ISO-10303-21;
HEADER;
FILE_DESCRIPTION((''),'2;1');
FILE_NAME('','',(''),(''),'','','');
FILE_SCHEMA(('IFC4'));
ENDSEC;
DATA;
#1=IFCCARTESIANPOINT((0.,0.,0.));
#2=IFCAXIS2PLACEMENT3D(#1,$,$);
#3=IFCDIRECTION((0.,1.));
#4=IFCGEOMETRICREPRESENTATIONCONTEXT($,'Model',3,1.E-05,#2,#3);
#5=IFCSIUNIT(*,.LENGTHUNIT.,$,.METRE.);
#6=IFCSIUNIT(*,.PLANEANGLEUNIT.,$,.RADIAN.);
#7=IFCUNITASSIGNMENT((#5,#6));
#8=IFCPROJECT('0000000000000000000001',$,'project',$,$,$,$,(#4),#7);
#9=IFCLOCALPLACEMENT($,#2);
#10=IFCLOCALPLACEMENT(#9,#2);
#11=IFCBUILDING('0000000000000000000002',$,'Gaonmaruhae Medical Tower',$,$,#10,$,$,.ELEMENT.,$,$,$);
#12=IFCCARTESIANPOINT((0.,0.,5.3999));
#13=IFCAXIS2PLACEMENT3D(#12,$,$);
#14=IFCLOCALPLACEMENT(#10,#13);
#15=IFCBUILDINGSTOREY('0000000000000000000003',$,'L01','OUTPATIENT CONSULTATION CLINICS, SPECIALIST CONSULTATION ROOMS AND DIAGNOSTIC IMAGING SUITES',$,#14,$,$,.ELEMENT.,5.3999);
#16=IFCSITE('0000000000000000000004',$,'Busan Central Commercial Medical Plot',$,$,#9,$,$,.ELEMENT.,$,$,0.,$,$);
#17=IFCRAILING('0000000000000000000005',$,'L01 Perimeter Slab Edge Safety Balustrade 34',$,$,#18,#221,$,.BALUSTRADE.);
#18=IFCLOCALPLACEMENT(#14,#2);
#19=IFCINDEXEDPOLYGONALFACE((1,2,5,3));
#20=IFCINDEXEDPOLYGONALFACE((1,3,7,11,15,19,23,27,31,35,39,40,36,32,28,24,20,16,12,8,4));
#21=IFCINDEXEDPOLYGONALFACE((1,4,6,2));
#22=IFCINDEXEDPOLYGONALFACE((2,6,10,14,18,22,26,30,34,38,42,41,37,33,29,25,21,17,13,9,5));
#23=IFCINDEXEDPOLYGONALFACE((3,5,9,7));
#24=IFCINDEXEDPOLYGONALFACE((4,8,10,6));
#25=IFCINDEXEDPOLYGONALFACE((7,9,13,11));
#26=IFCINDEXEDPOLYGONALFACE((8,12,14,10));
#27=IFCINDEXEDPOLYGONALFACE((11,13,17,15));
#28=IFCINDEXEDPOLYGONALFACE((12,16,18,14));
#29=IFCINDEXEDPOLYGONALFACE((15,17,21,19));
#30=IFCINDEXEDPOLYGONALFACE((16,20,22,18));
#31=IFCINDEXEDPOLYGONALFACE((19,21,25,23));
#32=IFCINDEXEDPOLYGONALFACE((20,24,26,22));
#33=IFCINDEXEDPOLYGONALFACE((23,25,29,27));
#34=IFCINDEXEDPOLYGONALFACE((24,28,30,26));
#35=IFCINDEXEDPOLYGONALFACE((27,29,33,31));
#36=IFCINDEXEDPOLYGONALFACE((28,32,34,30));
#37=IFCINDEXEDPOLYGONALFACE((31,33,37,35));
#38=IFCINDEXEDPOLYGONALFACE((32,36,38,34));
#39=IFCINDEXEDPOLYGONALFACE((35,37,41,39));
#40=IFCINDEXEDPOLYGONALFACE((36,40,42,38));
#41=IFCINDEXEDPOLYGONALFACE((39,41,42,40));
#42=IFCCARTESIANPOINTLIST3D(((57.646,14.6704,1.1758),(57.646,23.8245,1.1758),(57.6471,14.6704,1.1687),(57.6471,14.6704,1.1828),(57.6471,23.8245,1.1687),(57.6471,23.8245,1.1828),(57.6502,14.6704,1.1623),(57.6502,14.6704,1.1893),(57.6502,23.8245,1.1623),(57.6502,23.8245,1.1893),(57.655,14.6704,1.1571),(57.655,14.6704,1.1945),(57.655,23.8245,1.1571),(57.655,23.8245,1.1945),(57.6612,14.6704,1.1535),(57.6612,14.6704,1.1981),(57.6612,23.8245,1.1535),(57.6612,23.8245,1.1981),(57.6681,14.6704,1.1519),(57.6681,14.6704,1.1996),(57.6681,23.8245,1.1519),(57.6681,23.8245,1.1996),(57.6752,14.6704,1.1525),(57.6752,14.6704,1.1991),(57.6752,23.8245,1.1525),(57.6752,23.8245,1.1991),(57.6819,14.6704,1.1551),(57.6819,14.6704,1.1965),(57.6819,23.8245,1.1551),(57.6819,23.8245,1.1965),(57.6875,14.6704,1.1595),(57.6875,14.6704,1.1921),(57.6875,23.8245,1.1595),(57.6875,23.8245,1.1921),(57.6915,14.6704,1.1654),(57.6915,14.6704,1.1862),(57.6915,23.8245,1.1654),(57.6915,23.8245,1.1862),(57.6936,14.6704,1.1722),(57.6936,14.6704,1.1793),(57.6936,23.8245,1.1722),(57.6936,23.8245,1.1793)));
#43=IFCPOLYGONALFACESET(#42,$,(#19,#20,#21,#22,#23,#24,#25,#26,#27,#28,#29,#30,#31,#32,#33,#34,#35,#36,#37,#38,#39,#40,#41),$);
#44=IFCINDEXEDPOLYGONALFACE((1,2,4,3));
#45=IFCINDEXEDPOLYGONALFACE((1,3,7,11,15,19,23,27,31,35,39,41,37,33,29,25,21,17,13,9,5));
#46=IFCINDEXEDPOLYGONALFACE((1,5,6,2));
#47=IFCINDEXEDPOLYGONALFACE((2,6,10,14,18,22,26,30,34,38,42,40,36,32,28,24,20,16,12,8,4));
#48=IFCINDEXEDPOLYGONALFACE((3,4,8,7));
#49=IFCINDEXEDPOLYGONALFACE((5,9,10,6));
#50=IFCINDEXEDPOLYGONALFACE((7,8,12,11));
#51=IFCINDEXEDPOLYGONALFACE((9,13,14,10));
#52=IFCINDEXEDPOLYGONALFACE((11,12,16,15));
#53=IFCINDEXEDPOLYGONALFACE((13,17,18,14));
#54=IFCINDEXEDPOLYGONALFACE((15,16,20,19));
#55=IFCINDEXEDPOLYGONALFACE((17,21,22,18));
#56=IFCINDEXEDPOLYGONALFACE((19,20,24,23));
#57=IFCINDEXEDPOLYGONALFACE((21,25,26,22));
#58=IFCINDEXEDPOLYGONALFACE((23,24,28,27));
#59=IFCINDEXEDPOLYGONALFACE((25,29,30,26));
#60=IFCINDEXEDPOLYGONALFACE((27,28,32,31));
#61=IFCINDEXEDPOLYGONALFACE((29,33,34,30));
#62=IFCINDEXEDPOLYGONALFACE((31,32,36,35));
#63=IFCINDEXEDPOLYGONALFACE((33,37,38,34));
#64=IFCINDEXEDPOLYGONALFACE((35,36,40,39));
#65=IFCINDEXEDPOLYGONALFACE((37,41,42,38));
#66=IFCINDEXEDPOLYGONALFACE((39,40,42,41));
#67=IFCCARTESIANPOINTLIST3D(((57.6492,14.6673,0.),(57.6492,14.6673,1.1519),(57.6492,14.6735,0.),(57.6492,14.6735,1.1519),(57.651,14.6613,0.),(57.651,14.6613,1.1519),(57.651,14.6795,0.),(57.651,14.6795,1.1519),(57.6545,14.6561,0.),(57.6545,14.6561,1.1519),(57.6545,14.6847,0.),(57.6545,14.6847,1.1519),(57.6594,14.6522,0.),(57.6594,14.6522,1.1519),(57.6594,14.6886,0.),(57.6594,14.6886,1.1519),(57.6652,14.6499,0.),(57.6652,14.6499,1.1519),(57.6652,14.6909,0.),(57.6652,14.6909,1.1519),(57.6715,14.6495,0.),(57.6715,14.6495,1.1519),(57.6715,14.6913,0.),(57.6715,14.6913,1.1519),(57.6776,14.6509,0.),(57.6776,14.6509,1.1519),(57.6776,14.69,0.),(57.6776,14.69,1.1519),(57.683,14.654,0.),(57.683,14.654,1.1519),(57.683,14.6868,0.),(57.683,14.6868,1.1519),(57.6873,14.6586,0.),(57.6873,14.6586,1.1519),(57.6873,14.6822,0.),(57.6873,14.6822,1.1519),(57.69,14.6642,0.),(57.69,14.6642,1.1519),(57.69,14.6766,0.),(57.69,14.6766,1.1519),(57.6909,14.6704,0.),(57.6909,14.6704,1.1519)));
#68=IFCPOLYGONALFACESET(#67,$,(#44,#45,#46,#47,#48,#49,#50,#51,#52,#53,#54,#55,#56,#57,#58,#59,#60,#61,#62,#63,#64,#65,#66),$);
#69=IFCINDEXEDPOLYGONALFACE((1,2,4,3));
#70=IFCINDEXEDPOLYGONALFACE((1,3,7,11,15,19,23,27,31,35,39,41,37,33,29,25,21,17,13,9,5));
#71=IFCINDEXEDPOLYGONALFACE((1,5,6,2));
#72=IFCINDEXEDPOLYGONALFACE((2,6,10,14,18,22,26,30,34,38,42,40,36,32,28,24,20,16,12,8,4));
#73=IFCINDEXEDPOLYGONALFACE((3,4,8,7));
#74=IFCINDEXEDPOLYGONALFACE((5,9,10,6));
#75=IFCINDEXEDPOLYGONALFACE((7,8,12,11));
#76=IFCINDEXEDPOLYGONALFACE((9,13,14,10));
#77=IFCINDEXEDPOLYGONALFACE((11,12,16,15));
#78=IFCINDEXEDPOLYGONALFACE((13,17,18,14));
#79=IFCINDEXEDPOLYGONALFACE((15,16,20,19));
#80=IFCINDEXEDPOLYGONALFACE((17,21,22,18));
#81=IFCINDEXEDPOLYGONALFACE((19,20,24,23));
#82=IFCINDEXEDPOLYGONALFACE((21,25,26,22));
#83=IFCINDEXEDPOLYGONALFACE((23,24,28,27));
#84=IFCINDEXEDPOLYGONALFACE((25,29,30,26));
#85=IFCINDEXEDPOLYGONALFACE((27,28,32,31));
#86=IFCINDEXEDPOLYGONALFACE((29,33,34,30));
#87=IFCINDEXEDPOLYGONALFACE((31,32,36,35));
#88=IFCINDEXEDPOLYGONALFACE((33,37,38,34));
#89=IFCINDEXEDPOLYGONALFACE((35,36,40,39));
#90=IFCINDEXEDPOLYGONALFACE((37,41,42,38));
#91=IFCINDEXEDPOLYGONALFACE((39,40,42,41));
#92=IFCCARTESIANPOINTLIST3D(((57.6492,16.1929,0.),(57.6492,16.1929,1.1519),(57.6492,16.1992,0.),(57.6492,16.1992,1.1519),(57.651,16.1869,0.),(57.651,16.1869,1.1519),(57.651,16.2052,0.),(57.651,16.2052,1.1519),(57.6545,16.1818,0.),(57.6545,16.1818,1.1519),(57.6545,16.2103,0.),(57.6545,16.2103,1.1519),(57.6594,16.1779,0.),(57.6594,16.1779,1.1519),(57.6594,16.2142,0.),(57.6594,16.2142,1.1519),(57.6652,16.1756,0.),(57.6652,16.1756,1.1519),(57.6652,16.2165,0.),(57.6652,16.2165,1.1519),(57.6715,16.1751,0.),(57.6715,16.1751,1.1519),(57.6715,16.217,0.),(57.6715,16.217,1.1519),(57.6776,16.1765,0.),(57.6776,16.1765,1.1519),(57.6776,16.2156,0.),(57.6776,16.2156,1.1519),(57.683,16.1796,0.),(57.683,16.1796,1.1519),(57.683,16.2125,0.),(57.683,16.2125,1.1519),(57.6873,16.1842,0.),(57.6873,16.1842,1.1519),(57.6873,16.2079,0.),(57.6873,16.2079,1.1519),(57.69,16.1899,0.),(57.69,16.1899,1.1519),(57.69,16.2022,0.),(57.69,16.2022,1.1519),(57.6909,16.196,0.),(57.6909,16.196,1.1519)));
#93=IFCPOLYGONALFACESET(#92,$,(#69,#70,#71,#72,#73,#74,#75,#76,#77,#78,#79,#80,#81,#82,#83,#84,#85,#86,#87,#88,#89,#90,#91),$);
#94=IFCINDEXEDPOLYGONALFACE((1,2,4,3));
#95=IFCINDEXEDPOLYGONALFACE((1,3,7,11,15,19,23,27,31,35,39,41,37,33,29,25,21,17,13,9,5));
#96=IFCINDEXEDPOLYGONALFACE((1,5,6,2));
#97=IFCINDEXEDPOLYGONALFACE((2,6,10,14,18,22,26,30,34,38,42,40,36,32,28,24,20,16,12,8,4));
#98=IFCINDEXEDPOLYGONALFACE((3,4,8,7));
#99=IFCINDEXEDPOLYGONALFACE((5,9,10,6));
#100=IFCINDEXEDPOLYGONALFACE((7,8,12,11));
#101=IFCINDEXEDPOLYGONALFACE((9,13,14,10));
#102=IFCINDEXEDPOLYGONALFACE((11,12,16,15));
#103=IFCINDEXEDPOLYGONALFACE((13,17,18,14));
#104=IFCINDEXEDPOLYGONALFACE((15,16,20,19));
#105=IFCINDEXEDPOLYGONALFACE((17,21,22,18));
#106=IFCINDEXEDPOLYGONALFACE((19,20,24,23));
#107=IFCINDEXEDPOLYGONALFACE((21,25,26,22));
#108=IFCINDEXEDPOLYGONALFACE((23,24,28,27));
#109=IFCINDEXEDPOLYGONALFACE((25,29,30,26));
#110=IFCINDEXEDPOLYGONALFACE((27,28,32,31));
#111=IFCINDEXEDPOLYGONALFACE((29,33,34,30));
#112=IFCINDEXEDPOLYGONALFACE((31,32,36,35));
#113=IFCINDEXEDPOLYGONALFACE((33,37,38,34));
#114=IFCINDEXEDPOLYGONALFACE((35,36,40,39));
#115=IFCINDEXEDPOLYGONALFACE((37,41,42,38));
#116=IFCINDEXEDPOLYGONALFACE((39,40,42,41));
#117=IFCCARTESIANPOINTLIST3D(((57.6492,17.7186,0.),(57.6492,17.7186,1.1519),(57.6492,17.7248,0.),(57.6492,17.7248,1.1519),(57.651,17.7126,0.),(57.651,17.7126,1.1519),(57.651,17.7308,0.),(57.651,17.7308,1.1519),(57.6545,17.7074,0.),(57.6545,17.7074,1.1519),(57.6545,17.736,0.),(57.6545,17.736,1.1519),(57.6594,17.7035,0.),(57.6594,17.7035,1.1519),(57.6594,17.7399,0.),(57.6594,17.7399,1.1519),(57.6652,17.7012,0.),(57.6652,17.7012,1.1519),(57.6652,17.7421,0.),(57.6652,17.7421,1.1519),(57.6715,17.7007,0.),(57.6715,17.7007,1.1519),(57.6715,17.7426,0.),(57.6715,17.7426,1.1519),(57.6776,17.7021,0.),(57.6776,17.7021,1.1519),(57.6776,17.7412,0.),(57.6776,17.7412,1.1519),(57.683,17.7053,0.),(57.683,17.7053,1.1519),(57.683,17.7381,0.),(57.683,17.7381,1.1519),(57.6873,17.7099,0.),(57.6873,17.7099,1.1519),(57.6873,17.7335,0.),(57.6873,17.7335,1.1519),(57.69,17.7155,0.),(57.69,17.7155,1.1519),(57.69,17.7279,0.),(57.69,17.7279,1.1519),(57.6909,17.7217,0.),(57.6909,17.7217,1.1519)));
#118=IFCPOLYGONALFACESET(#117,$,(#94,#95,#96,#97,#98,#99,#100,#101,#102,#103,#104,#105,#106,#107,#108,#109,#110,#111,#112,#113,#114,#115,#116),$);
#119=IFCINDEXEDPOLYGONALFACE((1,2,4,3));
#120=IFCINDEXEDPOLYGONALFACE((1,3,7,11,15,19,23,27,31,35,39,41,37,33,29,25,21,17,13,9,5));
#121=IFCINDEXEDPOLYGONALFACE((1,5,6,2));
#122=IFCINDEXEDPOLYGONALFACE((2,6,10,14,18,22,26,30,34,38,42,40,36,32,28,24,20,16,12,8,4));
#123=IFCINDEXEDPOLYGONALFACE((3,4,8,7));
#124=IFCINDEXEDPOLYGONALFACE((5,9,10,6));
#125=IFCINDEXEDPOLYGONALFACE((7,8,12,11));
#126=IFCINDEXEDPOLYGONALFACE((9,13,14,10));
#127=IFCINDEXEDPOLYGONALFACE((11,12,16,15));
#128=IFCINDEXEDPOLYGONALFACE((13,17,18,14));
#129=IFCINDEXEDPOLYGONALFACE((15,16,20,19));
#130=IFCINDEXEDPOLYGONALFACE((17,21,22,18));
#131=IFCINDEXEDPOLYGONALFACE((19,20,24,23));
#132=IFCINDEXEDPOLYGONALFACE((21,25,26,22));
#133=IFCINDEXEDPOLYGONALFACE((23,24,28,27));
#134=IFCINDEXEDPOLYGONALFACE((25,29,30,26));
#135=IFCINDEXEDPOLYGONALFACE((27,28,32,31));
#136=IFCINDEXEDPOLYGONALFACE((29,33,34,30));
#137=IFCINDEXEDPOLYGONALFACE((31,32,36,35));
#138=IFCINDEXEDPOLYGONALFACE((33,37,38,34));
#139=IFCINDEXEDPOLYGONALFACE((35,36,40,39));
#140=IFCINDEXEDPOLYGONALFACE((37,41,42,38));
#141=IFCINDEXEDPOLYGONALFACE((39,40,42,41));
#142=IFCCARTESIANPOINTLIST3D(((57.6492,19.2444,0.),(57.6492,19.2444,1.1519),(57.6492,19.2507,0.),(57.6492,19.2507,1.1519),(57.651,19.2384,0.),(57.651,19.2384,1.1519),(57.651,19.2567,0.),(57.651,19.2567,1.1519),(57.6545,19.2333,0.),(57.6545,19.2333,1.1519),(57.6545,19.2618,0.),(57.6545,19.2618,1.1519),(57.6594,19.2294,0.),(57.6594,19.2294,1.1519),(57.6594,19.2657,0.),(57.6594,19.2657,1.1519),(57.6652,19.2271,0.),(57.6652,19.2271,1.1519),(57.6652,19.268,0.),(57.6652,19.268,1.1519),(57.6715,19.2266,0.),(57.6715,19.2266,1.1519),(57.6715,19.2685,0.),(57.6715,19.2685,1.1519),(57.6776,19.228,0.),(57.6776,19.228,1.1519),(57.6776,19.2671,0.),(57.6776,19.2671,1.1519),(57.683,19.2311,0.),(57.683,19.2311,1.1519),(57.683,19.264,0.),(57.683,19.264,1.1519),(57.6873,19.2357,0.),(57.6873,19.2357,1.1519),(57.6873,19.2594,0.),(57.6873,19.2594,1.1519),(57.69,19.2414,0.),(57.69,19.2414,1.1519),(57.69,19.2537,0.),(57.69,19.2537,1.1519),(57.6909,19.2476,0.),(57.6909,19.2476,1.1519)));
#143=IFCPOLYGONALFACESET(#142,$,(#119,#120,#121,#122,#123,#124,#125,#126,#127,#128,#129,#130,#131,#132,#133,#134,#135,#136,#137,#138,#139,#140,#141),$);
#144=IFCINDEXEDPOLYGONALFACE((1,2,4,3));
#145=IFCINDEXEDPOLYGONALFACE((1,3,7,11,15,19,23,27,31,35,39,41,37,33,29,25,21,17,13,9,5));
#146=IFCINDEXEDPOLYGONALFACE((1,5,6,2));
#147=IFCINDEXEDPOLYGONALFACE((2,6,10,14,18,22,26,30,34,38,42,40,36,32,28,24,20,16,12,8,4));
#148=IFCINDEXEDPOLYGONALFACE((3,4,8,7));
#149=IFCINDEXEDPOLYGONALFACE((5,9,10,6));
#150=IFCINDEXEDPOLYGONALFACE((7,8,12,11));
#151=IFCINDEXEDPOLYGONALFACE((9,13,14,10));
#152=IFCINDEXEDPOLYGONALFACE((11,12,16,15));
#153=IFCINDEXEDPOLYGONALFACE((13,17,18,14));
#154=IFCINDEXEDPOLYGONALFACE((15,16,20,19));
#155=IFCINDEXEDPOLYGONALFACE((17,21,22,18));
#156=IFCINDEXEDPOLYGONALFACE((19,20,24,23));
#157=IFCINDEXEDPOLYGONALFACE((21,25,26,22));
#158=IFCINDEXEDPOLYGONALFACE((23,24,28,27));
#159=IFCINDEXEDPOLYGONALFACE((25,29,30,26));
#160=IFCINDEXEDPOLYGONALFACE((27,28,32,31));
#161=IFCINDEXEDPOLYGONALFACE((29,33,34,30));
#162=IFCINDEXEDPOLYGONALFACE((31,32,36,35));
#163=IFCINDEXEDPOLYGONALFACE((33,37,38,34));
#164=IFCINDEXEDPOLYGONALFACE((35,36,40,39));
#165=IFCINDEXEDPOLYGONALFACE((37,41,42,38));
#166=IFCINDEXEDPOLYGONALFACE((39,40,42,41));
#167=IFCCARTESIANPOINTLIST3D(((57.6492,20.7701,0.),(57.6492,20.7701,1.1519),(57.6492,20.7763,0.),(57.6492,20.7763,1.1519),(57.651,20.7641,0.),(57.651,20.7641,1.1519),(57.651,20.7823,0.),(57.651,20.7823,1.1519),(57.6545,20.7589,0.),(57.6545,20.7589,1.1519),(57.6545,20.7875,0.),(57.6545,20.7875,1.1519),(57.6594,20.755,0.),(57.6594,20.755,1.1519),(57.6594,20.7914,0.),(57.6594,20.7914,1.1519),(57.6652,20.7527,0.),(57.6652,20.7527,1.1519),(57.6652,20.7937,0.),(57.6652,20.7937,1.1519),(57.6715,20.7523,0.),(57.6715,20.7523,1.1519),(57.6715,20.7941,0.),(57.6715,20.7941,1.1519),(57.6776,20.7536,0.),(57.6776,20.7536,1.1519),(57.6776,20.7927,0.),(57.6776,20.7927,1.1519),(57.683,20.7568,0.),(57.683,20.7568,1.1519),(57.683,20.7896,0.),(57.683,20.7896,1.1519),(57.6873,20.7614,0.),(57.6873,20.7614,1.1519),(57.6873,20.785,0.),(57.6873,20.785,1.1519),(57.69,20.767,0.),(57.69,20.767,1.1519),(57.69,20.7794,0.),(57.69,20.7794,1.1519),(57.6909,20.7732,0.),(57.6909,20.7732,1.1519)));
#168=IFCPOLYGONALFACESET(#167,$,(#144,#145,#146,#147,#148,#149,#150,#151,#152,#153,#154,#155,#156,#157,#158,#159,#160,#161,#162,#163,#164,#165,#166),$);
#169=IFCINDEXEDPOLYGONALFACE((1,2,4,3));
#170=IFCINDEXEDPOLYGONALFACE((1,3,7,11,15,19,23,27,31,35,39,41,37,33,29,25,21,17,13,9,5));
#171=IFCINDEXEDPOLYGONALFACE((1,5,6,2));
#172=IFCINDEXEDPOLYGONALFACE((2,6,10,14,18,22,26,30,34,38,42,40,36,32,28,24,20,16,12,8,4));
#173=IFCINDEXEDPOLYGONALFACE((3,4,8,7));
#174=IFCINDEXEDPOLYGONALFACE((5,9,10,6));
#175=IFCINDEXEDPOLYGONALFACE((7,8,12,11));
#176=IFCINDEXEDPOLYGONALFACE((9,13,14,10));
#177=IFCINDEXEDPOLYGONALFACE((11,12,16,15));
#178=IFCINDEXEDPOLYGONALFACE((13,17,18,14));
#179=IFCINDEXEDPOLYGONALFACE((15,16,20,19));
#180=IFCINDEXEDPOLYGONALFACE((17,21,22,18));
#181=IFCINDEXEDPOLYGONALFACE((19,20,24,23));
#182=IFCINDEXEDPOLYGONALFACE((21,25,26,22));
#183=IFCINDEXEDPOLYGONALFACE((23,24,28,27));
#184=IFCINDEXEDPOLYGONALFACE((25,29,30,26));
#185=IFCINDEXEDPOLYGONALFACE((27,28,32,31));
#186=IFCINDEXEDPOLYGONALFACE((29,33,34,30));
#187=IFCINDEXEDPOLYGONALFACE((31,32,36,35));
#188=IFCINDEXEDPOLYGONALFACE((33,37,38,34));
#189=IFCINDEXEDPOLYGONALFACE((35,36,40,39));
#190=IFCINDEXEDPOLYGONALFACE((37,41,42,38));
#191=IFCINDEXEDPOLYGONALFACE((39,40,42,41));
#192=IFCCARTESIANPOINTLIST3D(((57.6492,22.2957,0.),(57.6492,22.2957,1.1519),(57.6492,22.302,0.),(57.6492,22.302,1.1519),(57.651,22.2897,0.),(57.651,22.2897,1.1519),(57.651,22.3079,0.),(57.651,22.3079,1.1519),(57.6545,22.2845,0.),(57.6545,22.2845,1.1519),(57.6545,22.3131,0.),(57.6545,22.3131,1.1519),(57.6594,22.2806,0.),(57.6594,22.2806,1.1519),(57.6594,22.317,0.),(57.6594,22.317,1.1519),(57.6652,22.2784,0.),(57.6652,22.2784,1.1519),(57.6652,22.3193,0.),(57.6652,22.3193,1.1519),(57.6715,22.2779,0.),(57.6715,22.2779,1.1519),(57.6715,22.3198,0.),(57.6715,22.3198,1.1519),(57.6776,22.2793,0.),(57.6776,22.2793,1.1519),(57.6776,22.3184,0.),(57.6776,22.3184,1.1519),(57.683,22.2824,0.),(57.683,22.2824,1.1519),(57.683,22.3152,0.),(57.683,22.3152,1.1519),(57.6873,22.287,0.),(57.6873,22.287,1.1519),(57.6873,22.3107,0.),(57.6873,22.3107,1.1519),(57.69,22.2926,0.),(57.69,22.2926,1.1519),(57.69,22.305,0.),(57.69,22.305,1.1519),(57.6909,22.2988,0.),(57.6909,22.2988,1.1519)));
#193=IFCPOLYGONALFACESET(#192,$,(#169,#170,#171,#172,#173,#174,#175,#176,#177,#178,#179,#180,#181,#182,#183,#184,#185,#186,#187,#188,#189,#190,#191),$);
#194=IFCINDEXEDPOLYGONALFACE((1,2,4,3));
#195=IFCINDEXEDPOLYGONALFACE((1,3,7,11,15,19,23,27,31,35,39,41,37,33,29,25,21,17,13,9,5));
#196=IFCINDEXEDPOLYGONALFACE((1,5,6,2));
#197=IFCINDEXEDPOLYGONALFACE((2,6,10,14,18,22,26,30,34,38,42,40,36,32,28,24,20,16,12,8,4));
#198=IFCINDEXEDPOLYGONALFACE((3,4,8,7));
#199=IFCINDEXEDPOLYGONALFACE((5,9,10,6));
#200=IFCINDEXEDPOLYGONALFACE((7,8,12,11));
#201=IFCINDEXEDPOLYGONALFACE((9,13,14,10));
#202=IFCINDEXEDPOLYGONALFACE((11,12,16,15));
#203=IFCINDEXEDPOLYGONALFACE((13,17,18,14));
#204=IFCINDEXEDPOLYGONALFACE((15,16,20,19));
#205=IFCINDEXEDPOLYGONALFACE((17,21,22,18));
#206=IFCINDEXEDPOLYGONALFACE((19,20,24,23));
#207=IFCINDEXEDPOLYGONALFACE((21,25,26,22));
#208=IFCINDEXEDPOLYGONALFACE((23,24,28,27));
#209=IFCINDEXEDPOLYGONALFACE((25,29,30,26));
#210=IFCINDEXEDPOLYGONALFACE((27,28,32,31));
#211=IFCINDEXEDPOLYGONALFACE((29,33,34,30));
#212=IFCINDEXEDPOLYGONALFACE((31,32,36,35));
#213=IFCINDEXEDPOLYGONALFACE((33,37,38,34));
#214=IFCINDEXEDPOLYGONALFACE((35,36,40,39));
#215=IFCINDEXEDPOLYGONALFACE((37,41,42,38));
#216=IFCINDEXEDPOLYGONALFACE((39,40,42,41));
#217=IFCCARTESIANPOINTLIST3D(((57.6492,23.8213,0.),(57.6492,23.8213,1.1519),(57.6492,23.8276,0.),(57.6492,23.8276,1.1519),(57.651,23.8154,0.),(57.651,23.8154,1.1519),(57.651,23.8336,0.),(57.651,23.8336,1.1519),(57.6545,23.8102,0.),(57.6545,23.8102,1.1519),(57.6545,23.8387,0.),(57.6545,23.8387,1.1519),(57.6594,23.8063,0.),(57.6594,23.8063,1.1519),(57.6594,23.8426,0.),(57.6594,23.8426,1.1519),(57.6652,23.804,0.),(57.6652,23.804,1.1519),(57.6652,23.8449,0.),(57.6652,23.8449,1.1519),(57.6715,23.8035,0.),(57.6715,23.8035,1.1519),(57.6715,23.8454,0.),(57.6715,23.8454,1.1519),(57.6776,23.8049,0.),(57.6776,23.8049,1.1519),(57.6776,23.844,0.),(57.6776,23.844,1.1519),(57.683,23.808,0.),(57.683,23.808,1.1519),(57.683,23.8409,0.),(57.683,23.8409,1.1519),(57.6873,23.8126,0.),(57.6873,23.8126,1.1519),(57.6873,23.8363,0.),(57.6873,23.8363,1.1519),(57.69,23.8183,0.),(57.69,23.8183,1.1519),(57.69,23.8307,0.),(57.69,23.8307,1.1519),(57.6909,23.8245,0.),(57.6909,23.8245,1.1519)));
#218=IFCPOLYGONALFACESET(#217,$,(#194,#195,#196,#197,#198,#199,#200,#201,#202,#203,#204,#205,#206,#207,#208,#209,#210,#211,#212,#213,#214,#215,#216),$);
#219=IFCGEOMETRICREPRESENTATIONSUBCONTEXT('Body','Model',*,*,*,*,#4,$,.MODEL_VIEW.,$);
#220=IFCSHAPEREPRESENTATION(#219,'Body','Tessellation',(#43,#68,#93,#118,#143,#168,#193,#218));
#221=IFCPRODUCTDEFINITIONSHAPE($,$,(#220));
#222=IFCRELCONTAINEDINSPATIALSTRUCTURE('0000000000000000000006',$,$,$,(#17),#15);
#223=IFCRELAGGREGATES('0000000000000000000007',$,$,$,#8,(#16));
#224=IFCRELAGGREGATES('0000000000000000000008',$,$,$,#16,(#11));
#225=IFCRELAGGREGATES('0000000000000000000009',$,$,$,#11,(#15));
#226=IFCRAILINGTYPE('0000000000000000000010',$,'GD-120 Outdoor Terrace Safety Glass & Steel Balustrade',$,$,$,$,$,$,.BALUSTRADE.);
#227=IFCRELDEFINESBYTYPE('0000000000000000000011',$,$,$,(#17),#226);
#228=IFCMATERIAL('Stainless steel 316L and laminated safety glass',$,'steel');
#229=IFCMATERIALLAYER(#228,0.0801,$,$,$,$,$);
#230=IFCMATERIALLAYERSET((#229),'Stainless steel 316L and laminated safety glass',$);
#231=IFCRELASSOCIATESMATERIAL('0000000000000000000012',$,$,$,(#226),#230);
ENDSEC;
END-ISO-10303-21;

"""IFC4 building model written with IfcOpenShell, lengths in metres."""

from ifc_helpers import new_model, si_unit, direction, frame, origin, origin_2d, place, context, subcontext, project, spatial, circle, extrude, material, layer, layer_set, type_object, element, save


model = new_model("IFC4")

# Units and contexts
model_context = context("Model", 3, precision=1e-05, world=origin(), true_north=direction((0.0, 1.0)))
body_context = subcontext(model_context, "Body", "Model", "MODEL_VIEW")
ifc_project = project(units=[si_unit("LENGTHUNIT", "METRE"), si_unit("PLANEANGLEUNIT", "RADIAN")], contexts=[model_context])

# Site, building, storey
site_placement = place(None, origin())
site = spatial("IfcSite", under=ifc_project, at=site_placement, Name="Busan Central Commercial Medical Plot", CompositionType="ELEMENT", RefElevation=0.0)
building_placement = place(site_placement, origin())
building = spatial("IfcBuilding", under=site, at=building_placement, Name="Gaonmaruhae Medical Tower", CompositionType="ELEMENT")
storey_placement = place(building_placement, frame((0.0, 0.0, 5.3999)))
storey = spatial("IfcBuildingStorey", under=building, at=storey_placement, Name="L01", Description="OUTPATIENT CONSULTATION CLINICS, SPECIALIST CONSULTATION ROOMS AND DIAGNOSTIC IMAGING SUITES", CompositionType="ELEMENT", Elevation=5.3999)

# Railing
ifc_material_1 = material(Name="Stainless steel 316L and laminated safety glass", Category="steel")
ifc_layer_1 = layer(ifc_material_1, 0.0801)
ifc_layer_set_1 = layer_set([ifc_layer_1], Name="Stainless steel 316L and laminated safety glass")
railing_type_1 = type_object("IfcRailingType", Name="GD-120 Outdoor Terrace Safety Glass & Steel Balustrade", PredefinedType="BALUSTRADE", material=ifc_layer_set_1)
railing_1_placement = place(storey_placement, frame((57.6699, 14.6704, 0.0)))
element("IfcRailing", 1, at=railing_1_placement, inside=storey, type_object=railing_type_1, Name="L01 Perimeter Slab Edge Safety Balustrade 34", PredefinedType="BALUSTRADE", context=body_context, shape_type="SweptSolid", body=[
    extrude(circle(Radius=0.0239, at=origin_2d()), frame((0.0, 0.0, 1.1758), z_axis=(0.0, 1.0, 0.0), x_axis=(-1.0, 0.0, 0.0)), (0.0, 0.0, 1.0), 9.1541),
    extrude(circle(Radius=0.021, at=origin_2d()), origin(), (0.0, 0.0, 1.0), 1.1519),
    extrude(circle(Radius=0.021, at=origin_2d()), frame((0.0, 1.5256, 0.0)), (0.0, 0.0, 1.0), 1.1519),
    extrude(circle(Radius=0.021, at=origin_2d()), frame((0.0, 3.0513, 0.0)), (0.0, 0.0, 1.0), 1.1519),
    extrude(circle(Radius=0.021, at=origin_2d()), frame((0.0, 4.5771, 0.0)), (0.0, 0.0, 1.0), 1.1519),
    extrude(circle(Radius=0.021, at=origin_2d()), frame((0.0, 6.1028, 0.0)), (0.0, 0.0, 1.0), 1.1519),
    extrude(circle(Radius=0.021, at=origin_2d()), frame((0.0, 7.6284, 0.0)), (0.0, 0.0, 1.0), 1.1519),
    extrude(circle(Radius=0.021, at=origin_2d()), frame((0.0, 9.1541, 0.0)), (0.0, 0.0, 1.0), 1.1519),
])

save(model, "model.ifc")
